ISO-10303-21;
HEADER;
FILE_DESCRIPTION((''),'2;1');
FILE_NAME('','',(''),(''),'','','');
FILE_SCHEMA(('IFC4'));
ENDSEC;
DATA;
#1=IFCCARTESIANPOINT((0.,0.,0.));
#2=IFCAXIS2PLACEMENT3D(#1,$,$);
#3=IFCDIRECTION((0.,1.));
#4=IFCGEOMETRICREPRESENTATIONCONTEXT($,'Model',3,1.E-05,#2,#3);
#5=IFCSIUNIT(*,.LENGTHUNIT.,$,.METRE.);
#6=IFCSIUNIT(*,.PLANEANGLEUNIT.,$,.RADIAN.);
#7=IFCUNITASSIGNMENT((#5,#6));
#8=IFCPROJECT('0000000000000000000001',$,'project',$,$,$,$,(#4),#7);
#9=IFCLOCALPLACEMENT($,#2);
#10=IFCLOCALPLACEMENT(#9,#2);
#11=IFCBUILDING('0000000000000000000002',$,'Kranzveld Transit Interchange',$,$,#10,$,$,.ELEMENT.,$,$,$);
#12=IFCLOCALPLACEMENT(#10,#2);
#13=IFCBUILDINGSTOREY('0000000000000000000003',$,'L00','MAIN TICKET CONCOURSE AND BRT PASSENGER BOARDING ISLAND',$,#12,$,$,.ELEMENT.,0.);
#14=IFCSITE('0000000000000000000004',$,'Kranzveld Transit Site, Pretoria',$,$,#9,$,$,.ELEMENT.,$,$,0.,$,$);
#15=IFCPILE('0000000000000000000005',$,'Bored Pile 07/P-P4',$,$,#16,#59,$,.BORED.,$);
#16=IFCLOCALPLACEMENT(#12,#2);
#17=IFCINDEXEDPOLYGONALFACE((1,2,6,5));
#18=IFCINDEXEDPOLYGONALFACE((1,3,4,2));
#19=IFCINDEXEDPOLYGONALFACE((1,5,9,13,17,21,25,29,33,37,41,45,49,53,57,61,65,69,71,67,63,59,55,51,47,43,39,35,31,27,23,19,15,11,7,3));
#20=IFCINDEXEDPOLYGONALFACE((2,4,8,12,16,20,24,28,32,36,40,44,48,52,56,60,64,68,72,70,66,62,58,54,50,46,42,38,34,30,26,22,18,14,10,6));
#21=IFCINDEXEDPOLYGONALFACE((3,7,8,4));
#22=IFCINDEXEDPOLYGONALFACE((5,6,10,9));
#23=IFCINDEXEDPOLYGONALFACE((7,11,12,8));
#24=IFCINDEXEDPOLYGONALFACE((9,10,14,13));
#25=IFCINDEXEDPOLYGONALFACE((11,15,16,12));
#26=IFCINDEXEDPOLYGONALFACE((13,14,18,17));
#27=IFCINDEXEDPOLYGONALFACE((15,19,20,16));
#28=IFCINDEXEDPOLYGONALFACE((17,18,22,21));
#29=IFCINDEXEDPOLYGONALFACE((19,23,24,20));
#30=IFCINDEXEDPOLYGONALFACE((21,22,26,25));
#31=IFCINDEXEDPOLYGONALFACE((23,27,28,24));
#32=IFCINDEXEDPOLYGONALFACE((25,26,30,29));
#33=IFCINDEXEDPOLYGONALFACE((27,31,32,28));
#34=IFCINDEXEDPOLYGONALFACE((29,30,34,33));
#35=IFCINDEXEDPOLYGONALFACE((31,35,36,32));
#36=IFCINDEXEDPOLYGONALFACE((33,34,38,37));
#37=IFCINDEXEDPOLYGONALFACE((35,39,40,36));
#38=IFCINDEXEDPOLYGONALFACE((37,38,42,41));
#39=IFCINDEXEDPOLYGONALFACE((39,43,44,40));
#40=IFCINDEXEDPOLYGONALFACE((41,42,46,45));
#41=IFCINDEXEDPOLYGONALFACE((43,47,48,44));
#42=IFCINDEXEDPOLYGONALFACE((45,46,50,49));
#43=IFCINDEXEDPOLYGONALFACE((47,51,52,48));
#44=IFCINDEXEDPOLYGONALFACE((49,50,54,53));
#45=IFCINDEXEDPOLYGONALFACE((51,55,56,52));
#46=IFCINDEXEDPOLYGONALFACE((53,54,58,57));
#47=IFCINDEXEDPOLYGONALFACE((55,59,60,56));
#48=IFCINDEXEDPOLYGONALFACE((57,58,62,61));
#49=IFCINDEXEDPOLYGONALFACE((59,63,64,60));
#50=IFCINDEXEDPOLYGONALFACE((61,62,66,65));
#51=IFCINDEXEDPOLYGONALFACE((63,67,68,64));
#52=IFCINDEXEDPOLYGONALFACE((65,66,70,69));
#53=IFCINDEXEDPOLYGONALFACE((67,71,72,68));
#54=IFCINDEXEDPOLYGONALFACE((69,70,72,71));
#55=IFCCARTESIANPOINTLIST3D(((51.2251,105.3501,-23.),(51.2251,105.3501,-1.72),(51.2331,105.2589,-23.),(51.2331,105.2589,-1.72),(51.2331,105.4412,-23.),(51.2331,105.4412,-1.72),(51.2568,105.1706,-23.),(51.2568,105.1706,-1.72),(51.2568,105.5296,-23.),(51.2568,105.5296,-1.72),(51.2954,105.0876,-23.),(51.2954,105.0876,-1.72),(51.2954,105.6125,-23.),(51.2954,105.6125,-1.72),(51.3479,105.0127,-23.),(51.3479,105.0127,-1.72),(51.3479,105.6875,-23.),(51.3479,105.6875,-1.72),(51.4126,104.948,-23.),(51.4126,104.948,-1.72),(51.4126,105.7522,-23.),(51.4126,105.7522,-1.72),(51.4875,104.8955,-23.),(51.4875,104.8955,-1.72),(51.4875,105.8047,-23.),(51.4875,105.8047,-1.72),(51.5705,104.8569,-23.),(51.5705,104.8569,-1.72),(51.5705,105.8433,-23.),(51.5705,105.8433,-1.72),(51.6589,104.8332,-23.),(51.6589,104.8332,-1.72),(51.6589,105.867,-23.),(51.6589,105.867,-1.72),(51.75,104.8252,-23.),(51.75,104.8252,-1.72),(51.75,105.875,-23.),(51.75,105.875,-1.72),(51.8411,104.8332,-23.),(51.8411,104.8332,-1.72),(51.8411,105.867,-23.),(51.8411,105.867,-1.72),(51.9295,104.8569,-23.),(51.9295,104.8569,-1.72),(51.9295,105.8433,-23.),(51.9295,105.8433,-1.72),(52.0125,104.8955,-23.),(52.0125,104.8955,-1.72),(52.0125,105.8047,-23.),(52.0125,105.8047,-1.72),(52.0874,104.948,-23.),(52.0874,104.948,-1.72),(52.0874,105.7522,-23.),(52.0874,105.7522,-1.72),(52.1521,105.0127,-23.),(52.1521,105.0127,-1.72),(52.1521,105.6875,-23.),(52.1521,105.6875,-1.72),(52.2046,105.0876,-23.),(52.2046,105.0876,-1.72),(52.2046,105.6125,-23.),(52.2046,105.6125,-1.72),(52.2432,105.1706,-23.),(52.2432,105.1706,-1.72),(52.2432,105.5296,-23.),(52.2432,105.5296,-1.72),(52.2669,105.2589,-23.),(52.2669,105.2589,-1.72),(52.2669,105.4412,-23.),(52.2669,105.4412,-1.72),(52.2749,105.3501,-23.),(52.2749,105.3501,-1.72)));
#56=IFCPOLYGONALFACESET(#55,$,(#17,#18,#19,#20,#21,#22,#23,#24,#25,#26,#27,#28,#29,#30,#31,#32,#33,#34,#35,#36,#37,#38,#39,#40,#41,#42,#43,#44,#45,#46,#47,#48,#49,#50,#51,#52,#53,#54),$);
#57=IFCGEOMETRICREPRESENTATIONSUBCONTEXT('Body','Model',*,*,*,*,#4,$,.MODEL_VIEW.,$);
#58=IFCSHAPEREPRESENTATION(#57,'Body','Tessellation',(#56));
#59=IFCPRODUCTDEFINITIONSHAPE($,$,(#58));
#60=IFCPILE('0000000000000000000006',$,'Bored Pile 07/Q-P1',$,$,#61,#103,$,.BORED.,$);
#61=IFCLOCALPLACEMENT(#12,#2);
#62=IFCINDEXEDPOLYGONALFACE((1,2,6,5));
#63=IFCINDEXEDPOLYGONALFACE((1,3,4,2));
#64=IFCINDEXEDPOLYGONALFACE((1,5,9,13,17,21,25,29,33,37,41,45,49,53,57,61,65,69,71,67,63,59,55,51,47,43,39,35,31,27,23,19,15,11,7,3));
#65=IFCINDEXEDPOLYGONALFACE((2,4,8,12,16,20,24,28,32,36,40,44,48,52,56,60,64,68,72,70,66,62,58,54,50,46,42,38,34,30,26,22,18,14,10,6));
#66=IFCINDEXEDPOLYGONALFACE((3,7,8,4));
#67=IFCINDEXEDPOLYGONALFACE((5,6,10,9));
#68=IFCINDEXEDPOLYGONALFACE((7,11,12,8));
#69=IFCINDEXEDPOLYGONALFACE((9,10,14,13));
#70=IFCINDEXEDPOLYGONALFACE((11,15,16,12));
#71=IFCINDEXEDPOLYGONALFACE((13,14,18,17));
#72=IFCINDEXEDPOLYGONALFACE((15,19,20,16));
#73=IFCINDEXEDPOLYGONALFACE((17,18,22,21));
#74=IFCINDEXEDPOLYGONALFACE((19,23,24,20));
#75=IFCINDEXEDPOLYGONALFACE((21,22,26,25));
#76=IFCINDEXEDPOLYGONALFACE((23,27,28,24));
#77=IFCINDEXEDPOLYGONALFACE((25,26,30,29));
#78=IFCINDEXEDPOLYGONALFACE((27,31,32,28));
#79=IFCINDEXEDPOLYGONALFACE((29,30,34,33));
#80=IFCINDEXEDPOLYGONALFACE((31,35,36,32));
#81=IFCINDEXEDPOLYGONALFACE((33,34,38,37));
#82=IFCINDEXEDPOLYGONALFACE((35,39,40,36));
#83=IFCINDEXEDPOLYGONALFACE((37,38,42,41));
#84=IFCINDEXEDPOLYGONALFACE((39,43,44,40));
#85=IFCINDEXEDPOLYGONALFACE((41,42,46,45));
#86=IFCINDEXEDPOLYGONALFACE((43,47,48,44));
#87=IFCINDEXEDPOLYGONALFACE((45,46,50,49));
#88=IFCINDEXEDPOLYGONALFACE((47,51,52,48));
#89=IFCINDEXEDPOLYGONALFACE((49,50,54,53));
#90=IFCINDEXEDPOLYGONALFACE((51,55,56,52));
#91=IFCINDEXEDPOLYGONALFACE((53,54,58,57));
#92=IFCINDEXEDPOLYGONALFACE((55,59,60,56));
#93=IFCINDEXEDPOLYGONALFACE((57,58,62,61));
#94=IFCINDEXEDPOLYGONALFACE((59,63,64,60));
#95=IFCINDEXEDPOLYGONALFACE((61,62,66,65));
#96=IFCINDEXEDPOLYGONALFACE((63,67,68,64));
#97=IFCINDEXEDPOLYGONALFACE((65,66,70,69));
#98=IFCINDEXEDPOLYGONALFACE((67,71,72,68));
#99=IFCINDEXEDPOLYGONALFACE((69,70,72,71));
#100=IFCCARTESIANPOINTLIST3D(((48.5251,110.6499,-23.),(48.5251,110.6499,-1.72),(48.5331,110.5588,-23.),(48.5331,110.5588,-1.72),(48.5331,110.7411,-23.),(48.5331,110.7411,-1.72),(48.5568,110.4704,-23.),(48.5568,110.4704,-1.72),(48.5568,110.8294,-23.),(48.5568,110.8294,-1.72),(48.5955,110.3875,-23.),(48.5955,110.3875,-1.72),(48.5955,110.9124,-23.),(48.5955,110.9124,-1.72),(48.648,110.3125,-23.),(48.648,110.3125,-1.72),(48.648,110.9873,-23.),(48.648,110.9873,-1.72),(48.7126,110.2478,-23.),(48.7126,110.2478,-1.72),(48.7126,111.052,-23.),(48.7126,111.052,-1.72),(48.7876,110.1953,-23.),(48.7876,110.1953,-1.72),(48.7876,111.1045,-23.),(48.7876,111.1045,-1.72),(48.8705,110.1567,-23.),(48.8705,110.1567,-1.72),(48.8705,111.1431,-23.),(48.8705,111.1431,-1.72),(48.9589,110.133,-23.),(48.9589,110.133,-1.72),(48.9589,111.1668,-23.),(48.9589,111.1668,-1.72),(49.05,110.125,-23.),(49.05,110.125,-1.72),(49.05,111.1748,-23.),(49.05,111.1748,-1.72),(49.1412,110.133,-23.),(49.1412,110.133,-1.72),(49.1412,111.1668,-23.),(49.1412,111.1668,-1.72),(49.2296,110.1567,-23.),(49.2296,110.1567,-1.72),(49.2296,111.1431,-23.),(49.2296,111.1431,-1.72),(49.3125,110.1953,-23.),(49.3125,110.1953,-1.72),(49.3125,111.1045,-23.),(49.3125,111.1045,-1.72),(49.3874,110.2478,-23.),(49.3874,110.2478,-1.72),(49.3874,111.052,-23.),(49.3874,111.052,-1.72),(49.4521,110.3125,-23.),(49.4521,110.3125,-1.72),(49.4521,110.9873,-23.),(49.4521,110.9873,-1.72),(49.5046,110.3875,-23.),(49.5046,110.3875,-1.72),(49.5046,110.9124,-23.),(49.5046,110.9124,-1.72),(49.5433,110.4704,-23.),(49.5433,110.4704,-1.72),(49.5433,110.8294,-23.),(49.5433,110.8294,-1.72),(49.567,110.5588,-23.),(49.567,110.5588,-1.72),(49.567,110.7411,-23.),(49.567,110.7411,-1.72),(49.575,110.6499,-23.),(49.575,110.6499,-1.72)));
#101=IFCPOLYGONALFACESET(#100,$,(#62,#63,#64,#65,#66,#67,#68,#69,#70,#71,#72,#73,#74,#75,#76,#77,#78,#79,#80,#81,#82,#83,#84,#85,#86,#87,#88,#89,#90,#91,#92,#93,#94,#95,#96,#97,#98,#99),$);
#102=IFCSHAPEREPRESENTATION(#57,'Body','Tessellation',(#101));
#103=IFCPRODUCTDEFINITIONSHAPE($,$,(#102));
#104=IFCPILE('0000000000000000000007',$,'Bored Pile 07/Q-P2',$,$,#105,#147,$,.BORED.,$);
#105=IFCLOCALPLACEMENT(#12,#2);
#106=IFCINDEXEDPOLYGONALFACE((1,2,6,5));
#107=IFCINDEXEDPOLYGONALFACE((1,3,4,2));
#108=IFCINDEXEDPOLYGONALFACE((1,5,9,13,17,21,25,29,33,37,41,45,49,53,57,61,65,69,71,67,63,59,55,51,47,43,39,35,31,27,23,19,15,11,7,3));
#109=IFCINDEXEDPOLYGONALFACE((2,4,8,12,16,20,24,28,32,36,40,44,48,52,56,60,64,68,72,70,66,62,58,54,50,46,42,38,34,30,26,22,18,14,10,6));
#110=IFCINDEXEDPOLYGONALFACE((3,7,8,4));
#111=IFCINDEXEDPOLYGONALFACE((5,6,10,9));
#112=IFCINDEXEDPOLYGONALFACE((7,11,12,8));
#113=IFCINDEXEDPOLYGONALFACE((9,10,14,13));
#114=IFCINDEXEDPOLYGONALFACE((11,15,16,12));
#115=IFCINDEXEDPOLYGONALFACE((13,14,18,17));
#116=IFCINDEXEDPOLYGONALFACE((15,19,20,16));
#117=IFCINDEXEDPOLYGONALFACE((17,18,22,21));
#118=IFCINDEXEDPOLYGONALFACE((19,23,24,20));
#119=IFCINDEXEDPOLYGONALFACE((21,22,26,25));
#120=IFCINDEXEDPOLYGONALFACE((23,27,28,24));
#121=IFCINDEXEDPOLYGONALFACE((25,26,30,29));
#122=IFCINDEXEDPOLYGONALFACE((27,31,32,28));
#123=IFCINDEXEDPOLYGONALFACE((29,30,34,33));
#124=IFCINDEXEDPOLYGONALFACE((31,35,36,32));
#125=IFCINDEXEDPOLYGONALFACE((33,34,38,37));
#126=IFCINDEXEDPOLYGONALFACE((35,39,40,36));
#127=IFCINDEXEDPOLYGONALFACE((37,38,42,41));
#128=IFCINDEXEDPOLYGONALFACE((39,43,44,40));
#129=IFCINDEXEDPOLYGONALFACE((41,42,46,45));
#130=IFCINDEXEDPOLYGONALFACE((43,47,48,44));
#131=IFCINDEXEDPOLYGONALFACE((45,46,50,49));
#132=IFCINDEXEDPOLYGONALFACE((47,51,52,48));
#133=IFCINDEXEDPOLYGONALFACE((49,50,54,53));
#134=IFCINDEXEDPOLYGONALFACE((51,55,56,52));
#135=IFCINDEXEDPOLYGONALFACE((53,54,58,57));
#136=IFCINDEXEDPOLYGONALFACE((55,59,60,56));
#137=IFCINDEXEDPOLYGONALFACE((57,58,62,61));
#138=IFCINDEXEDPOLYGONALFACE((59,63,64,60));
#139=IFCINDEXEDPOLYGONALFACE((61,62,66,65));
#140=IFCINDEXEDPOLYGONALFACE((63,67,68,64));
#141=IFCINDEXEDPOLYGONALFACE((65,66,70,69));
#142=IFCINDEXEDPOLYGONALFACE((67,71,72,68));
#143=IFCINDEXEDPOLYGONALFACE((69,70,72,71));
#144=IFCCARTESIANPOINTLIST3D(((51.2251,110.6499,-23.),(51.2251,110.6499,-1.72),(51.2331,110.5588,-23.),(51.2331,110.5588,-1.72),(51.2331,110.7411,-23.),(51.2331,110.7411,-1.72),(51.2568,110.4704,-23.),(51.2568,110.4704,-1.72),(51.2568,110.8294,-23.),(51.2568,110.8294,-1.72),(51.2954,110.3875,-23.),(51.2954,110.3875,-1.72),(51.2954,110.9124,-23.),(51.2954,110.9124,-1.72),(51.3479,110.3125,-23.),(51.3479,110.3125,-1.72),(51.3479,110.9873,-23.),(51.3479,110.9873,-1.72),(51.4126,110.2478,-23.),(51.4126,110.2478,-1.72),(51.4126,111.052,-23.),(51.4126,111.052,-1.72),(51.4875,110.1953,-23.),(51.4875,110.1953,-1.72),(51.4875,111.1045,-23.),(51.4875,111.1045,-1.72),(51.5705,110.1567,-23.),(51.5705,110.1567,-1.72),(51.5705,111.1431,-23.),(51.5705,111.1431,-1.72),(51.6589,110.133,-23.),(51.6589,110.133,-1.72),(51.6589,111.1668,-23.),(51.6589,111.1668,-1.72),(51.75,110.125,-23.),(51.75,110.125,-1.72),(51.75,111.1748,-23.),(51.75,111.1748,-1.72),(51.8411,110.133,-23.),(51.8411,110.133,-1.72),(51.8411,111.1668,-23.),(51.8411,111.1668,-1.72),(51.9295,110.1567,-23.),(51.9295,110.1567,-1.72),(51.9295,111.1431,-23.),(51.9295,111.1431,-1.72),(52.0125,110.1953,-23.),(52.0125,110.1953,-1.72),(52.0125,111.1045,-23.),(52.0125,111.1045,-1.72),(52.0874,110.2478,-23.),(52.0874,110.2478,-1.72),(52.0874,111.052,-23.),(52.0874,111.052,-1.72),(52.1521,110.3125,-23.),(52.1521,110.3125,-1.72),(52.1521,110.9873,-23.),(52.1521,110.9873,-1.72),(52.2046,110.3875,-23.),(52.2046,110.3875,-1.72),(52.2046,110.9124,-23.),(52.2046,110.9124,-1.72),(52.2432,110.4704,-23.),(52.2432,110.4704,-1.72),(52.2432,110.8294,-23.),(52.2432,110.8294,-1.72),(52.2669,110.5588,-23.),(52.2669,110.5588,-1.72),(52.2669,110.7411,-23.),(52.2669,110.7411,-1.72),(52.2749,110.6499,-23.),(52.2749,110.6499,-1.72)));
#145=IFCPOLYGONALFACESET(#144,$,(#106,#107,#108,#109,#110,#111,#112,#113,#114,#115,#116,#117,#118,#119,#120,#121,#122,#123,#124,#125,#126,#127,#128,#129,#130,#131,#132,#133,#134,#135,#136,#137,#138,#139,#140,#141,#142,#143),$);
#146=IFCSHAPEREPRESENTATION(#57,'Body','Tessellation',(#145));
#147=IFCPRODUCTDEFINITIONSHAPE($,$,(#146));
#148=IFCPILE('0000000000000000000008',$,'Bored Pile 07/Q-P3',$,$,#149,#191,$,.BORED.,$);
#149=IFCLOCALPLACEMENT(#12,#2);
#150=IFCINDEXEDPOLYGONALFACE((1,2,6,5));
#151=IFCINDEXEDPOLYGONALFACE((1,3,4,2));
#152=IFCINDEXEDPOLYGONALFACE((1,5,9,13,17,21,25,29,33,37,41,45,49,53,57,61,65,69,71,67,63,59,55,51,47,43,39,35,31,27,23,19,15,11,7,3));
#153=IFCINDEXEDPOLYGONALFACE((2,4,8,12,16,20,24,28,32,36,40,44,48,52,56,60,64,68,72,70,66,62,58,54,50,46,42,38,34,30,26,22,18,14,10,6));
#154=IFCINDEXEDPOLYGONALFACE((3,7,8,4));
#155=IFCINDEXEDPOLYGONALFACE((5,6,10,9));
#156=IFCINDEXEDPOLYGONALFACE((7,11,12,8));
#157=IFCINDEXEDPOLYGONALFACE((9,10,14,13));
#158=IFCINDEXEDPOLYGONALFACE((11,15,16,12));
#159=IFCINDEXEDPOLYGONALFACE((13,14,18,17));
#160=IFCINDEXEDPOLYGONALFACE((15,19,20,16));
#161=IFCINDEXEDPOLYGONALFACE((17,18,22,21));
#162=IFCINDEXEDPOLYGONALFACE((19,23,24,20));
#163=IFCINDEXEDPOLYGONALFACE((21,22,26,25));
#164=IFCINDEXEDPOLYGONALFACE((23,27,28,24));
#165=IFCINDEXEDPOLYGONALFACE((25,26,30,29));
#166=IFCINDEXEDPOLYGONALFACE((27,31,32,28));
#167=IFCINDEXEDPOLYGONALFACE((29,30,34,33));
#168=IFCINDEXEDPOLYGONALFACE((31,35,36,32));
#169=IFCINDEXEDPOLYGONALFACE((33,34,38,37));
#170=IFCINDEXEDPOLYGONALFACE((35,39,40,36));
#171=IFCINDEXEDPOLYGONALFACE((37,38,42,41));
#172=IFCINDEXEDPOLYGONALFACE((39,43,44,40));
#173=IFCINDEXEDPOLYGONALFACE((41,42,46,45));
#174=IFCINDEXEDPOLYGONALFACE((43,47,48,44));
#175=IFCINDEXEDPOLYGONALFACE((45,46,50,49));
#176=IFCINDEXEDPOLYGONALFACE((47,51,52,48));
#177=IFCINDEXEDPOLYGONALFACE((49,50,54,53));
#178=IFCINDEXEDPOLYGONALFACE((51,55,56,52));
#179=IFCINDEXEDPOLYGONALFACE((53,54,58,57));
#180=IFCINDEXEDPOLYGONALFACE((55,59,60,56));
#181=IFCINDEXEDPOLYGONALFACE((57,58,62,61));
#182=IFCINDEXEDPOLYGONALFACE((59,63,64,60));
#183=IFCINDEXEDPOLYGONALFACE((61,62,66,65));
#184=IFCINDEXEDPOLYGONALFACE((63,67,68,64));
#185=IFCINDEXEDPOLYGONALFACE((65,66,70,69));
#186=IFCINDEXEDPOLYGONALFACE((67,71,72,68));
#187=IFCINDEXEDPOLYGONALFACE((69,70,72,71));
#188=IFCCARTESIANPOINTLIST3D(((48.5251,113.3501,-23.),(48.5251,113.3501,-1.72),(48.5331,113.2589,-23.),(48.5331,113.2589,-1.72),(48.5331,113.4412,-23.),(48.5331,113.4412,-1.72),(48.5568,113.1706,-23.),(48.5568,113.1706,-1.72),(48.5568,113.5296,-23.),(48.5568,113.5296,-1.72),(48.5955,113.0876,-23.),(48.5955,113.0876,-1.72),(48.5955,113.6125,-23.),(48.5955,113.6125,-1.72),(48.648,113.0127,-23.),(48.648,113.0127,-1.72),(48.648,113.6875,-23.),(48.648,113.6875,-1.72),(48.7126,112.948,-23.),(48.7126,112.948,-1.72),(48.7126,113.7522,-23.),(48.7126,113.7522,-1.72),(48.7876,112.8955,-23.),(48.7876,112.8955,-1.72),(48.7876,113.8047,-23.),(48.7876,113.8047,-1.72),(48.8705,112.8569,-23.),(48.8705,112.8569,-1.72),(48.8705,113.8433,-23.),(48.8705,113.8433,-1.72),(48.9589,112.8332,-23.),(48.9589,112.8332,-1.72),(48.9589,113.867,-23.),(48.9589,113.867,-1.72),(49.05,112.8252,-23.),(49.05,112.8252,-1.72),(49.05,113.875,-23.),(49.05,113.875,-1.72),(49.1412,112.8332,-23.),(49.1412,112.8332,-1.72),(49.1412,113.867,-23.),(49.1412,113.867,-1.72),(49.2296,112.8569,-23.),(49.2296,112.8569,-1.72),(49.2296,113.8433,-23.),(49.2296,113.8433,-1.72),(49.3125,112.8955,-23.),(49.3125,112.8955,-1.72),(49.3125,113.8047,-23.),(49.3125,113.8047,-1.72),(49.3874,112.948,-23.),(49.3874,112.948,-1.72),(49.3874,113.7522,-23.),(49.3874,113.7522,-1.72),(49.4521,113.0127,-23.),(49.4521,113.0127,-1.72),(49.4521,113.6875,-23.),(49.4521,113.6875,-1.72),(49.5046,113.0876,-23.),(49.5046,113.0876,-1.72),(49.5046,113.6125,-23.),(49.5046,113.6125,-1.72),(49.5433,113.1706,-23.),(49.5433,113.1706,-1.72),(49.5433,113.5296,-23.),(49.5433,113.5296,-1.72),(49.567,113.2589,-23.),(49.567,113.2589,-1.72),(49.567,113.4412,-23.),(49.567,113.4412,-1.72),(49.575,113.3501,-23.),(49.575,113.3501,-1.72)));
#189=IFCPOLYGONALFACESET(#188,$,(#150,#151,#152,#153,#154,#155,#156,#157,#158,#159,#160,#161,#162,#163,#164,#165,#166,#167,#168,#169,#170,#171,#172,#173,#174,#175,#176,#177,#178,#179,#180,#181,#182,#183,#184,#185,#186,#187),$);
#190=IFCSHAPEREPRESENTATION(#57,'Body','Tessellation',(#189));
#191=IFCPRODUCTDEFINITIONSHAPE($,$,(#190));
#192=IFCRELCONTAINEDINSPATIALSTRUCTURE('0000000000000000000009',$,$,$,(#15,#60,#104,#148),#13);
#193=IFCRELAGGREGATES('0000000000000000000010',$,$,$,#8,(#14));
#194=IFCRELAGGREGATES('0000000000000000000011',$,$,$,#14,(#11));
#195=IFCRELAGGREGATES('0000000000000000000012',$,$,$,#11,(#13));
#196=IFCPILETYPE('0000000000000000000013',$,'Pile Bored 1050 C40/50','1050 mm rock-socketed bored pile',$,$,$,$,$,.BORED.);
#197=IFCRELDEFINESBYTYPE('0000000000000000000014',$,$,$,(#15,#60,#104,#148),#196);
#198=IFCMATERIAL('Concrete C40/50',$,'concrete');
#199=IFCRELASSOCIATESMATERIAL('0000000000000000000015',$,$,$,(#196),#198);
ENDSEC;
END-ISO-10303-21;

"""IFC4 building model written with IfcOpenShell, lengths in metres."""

from ifc_helpers import new_model, si_unit, direction, frame, origin, origin_2d, place, context, subcontext, project, spatial, circle, extrude, material, material_profile, profile_set, type_object, element, save


model = new_model("IFC4")

# Units and contexts
model_context = context("Model", 3, precision=1e-05, world=origin(), true_north=direction((0.0, 1.0)))
body_context = subcontext(model_context, "Body", "Model", "MODEL_VIEW")
ifc_project = project(units=[si_unit("LENGTHUNIT", "METRE"), si_unit("PLANEANGLEUNIT", "RADIAN")], contexts=[model_context])

# Site, building, storey
site_placement = place(None, origin())
site = spatial("IfcSite", under=ifc_project, at=site_placement, Name="Kranzveld Transit Site, Pretoria", CompositionType="ELEMENT", RefElevation=0.0)
building_placement = place(site_placement, origin())
building = spatial("IfcBuilding", under=site, at=building_placement, Name="Kranzveld Transit Interchange", CompositionType="ELEMENT")
storey_placement = place(building_placement, origin())
storey = spatial("IfcBuildingStorey", under=building, at=storey_placement, Name="L00", Description="MAIN TICKET CONCOURSE AND BRT PASSENGER BOARDING ISLAND", CompositionType="ELEMENT", Elevation=0.0)

# Piles
ifc_material_1 = material(Name="Concrete C40/50", Category="concrete")
ifc_material_profile_1 = material_profile(ifc_material_1, circle(Radius=0.5249, at=origin_2d()), Name="BORED PILE 1050")
ifc_profile_set_1 = profile_set([ifc_material_profile_1], Name="Concrete C40/50")
pile_type = type_object("IfcPileType", Name="Pile Bored 1050 C40/50", Description="1050 mm rock-socketed bored pile", PredefinedType="BORED", material=ifc_profile_set_1)
for number, where, z_axis, x_axis, name in (
    (1, (51.75, 105.3501, -1.72), (0.0, 0.0, -1.0), (1.0, 0.0, 0.0), "Bored Pile 07/P-P4"),
    (2, (49.05, 110.6499, -1.72), (0.0, 0.0, -1.0), (1.0, 0.0, 0.0), "Bored Pile 07/Q-P1"),
    (3, (51.75, 110.6499, -1.72), (0.0, 0.0, -1.0), (1.0, 0.0, 0.0), "Bored Pile 07/Q-P2"),
    (4, (49.05, 113.3501, -1.72), (0.0, 0.0, -1.0), (1.0, 0.0, 0.0), "Bored Pile 07/Q-P3"),
):
    element("IfcPile", number, at=place(storey_placement, frame(where, z_axis=z_axis, x_axis=x_axis)), inside=storey, type_object=pile_type, Name=name, PredefinedType="BORED", context=body_context, shape_type="SweptSolid", body=[
        extrude(circle(Radius=0.5249, at=origin_2d()), origin(), (0.0, 0.0, 1.0), 21.28),
    ])

save(model, "model.ifc")
